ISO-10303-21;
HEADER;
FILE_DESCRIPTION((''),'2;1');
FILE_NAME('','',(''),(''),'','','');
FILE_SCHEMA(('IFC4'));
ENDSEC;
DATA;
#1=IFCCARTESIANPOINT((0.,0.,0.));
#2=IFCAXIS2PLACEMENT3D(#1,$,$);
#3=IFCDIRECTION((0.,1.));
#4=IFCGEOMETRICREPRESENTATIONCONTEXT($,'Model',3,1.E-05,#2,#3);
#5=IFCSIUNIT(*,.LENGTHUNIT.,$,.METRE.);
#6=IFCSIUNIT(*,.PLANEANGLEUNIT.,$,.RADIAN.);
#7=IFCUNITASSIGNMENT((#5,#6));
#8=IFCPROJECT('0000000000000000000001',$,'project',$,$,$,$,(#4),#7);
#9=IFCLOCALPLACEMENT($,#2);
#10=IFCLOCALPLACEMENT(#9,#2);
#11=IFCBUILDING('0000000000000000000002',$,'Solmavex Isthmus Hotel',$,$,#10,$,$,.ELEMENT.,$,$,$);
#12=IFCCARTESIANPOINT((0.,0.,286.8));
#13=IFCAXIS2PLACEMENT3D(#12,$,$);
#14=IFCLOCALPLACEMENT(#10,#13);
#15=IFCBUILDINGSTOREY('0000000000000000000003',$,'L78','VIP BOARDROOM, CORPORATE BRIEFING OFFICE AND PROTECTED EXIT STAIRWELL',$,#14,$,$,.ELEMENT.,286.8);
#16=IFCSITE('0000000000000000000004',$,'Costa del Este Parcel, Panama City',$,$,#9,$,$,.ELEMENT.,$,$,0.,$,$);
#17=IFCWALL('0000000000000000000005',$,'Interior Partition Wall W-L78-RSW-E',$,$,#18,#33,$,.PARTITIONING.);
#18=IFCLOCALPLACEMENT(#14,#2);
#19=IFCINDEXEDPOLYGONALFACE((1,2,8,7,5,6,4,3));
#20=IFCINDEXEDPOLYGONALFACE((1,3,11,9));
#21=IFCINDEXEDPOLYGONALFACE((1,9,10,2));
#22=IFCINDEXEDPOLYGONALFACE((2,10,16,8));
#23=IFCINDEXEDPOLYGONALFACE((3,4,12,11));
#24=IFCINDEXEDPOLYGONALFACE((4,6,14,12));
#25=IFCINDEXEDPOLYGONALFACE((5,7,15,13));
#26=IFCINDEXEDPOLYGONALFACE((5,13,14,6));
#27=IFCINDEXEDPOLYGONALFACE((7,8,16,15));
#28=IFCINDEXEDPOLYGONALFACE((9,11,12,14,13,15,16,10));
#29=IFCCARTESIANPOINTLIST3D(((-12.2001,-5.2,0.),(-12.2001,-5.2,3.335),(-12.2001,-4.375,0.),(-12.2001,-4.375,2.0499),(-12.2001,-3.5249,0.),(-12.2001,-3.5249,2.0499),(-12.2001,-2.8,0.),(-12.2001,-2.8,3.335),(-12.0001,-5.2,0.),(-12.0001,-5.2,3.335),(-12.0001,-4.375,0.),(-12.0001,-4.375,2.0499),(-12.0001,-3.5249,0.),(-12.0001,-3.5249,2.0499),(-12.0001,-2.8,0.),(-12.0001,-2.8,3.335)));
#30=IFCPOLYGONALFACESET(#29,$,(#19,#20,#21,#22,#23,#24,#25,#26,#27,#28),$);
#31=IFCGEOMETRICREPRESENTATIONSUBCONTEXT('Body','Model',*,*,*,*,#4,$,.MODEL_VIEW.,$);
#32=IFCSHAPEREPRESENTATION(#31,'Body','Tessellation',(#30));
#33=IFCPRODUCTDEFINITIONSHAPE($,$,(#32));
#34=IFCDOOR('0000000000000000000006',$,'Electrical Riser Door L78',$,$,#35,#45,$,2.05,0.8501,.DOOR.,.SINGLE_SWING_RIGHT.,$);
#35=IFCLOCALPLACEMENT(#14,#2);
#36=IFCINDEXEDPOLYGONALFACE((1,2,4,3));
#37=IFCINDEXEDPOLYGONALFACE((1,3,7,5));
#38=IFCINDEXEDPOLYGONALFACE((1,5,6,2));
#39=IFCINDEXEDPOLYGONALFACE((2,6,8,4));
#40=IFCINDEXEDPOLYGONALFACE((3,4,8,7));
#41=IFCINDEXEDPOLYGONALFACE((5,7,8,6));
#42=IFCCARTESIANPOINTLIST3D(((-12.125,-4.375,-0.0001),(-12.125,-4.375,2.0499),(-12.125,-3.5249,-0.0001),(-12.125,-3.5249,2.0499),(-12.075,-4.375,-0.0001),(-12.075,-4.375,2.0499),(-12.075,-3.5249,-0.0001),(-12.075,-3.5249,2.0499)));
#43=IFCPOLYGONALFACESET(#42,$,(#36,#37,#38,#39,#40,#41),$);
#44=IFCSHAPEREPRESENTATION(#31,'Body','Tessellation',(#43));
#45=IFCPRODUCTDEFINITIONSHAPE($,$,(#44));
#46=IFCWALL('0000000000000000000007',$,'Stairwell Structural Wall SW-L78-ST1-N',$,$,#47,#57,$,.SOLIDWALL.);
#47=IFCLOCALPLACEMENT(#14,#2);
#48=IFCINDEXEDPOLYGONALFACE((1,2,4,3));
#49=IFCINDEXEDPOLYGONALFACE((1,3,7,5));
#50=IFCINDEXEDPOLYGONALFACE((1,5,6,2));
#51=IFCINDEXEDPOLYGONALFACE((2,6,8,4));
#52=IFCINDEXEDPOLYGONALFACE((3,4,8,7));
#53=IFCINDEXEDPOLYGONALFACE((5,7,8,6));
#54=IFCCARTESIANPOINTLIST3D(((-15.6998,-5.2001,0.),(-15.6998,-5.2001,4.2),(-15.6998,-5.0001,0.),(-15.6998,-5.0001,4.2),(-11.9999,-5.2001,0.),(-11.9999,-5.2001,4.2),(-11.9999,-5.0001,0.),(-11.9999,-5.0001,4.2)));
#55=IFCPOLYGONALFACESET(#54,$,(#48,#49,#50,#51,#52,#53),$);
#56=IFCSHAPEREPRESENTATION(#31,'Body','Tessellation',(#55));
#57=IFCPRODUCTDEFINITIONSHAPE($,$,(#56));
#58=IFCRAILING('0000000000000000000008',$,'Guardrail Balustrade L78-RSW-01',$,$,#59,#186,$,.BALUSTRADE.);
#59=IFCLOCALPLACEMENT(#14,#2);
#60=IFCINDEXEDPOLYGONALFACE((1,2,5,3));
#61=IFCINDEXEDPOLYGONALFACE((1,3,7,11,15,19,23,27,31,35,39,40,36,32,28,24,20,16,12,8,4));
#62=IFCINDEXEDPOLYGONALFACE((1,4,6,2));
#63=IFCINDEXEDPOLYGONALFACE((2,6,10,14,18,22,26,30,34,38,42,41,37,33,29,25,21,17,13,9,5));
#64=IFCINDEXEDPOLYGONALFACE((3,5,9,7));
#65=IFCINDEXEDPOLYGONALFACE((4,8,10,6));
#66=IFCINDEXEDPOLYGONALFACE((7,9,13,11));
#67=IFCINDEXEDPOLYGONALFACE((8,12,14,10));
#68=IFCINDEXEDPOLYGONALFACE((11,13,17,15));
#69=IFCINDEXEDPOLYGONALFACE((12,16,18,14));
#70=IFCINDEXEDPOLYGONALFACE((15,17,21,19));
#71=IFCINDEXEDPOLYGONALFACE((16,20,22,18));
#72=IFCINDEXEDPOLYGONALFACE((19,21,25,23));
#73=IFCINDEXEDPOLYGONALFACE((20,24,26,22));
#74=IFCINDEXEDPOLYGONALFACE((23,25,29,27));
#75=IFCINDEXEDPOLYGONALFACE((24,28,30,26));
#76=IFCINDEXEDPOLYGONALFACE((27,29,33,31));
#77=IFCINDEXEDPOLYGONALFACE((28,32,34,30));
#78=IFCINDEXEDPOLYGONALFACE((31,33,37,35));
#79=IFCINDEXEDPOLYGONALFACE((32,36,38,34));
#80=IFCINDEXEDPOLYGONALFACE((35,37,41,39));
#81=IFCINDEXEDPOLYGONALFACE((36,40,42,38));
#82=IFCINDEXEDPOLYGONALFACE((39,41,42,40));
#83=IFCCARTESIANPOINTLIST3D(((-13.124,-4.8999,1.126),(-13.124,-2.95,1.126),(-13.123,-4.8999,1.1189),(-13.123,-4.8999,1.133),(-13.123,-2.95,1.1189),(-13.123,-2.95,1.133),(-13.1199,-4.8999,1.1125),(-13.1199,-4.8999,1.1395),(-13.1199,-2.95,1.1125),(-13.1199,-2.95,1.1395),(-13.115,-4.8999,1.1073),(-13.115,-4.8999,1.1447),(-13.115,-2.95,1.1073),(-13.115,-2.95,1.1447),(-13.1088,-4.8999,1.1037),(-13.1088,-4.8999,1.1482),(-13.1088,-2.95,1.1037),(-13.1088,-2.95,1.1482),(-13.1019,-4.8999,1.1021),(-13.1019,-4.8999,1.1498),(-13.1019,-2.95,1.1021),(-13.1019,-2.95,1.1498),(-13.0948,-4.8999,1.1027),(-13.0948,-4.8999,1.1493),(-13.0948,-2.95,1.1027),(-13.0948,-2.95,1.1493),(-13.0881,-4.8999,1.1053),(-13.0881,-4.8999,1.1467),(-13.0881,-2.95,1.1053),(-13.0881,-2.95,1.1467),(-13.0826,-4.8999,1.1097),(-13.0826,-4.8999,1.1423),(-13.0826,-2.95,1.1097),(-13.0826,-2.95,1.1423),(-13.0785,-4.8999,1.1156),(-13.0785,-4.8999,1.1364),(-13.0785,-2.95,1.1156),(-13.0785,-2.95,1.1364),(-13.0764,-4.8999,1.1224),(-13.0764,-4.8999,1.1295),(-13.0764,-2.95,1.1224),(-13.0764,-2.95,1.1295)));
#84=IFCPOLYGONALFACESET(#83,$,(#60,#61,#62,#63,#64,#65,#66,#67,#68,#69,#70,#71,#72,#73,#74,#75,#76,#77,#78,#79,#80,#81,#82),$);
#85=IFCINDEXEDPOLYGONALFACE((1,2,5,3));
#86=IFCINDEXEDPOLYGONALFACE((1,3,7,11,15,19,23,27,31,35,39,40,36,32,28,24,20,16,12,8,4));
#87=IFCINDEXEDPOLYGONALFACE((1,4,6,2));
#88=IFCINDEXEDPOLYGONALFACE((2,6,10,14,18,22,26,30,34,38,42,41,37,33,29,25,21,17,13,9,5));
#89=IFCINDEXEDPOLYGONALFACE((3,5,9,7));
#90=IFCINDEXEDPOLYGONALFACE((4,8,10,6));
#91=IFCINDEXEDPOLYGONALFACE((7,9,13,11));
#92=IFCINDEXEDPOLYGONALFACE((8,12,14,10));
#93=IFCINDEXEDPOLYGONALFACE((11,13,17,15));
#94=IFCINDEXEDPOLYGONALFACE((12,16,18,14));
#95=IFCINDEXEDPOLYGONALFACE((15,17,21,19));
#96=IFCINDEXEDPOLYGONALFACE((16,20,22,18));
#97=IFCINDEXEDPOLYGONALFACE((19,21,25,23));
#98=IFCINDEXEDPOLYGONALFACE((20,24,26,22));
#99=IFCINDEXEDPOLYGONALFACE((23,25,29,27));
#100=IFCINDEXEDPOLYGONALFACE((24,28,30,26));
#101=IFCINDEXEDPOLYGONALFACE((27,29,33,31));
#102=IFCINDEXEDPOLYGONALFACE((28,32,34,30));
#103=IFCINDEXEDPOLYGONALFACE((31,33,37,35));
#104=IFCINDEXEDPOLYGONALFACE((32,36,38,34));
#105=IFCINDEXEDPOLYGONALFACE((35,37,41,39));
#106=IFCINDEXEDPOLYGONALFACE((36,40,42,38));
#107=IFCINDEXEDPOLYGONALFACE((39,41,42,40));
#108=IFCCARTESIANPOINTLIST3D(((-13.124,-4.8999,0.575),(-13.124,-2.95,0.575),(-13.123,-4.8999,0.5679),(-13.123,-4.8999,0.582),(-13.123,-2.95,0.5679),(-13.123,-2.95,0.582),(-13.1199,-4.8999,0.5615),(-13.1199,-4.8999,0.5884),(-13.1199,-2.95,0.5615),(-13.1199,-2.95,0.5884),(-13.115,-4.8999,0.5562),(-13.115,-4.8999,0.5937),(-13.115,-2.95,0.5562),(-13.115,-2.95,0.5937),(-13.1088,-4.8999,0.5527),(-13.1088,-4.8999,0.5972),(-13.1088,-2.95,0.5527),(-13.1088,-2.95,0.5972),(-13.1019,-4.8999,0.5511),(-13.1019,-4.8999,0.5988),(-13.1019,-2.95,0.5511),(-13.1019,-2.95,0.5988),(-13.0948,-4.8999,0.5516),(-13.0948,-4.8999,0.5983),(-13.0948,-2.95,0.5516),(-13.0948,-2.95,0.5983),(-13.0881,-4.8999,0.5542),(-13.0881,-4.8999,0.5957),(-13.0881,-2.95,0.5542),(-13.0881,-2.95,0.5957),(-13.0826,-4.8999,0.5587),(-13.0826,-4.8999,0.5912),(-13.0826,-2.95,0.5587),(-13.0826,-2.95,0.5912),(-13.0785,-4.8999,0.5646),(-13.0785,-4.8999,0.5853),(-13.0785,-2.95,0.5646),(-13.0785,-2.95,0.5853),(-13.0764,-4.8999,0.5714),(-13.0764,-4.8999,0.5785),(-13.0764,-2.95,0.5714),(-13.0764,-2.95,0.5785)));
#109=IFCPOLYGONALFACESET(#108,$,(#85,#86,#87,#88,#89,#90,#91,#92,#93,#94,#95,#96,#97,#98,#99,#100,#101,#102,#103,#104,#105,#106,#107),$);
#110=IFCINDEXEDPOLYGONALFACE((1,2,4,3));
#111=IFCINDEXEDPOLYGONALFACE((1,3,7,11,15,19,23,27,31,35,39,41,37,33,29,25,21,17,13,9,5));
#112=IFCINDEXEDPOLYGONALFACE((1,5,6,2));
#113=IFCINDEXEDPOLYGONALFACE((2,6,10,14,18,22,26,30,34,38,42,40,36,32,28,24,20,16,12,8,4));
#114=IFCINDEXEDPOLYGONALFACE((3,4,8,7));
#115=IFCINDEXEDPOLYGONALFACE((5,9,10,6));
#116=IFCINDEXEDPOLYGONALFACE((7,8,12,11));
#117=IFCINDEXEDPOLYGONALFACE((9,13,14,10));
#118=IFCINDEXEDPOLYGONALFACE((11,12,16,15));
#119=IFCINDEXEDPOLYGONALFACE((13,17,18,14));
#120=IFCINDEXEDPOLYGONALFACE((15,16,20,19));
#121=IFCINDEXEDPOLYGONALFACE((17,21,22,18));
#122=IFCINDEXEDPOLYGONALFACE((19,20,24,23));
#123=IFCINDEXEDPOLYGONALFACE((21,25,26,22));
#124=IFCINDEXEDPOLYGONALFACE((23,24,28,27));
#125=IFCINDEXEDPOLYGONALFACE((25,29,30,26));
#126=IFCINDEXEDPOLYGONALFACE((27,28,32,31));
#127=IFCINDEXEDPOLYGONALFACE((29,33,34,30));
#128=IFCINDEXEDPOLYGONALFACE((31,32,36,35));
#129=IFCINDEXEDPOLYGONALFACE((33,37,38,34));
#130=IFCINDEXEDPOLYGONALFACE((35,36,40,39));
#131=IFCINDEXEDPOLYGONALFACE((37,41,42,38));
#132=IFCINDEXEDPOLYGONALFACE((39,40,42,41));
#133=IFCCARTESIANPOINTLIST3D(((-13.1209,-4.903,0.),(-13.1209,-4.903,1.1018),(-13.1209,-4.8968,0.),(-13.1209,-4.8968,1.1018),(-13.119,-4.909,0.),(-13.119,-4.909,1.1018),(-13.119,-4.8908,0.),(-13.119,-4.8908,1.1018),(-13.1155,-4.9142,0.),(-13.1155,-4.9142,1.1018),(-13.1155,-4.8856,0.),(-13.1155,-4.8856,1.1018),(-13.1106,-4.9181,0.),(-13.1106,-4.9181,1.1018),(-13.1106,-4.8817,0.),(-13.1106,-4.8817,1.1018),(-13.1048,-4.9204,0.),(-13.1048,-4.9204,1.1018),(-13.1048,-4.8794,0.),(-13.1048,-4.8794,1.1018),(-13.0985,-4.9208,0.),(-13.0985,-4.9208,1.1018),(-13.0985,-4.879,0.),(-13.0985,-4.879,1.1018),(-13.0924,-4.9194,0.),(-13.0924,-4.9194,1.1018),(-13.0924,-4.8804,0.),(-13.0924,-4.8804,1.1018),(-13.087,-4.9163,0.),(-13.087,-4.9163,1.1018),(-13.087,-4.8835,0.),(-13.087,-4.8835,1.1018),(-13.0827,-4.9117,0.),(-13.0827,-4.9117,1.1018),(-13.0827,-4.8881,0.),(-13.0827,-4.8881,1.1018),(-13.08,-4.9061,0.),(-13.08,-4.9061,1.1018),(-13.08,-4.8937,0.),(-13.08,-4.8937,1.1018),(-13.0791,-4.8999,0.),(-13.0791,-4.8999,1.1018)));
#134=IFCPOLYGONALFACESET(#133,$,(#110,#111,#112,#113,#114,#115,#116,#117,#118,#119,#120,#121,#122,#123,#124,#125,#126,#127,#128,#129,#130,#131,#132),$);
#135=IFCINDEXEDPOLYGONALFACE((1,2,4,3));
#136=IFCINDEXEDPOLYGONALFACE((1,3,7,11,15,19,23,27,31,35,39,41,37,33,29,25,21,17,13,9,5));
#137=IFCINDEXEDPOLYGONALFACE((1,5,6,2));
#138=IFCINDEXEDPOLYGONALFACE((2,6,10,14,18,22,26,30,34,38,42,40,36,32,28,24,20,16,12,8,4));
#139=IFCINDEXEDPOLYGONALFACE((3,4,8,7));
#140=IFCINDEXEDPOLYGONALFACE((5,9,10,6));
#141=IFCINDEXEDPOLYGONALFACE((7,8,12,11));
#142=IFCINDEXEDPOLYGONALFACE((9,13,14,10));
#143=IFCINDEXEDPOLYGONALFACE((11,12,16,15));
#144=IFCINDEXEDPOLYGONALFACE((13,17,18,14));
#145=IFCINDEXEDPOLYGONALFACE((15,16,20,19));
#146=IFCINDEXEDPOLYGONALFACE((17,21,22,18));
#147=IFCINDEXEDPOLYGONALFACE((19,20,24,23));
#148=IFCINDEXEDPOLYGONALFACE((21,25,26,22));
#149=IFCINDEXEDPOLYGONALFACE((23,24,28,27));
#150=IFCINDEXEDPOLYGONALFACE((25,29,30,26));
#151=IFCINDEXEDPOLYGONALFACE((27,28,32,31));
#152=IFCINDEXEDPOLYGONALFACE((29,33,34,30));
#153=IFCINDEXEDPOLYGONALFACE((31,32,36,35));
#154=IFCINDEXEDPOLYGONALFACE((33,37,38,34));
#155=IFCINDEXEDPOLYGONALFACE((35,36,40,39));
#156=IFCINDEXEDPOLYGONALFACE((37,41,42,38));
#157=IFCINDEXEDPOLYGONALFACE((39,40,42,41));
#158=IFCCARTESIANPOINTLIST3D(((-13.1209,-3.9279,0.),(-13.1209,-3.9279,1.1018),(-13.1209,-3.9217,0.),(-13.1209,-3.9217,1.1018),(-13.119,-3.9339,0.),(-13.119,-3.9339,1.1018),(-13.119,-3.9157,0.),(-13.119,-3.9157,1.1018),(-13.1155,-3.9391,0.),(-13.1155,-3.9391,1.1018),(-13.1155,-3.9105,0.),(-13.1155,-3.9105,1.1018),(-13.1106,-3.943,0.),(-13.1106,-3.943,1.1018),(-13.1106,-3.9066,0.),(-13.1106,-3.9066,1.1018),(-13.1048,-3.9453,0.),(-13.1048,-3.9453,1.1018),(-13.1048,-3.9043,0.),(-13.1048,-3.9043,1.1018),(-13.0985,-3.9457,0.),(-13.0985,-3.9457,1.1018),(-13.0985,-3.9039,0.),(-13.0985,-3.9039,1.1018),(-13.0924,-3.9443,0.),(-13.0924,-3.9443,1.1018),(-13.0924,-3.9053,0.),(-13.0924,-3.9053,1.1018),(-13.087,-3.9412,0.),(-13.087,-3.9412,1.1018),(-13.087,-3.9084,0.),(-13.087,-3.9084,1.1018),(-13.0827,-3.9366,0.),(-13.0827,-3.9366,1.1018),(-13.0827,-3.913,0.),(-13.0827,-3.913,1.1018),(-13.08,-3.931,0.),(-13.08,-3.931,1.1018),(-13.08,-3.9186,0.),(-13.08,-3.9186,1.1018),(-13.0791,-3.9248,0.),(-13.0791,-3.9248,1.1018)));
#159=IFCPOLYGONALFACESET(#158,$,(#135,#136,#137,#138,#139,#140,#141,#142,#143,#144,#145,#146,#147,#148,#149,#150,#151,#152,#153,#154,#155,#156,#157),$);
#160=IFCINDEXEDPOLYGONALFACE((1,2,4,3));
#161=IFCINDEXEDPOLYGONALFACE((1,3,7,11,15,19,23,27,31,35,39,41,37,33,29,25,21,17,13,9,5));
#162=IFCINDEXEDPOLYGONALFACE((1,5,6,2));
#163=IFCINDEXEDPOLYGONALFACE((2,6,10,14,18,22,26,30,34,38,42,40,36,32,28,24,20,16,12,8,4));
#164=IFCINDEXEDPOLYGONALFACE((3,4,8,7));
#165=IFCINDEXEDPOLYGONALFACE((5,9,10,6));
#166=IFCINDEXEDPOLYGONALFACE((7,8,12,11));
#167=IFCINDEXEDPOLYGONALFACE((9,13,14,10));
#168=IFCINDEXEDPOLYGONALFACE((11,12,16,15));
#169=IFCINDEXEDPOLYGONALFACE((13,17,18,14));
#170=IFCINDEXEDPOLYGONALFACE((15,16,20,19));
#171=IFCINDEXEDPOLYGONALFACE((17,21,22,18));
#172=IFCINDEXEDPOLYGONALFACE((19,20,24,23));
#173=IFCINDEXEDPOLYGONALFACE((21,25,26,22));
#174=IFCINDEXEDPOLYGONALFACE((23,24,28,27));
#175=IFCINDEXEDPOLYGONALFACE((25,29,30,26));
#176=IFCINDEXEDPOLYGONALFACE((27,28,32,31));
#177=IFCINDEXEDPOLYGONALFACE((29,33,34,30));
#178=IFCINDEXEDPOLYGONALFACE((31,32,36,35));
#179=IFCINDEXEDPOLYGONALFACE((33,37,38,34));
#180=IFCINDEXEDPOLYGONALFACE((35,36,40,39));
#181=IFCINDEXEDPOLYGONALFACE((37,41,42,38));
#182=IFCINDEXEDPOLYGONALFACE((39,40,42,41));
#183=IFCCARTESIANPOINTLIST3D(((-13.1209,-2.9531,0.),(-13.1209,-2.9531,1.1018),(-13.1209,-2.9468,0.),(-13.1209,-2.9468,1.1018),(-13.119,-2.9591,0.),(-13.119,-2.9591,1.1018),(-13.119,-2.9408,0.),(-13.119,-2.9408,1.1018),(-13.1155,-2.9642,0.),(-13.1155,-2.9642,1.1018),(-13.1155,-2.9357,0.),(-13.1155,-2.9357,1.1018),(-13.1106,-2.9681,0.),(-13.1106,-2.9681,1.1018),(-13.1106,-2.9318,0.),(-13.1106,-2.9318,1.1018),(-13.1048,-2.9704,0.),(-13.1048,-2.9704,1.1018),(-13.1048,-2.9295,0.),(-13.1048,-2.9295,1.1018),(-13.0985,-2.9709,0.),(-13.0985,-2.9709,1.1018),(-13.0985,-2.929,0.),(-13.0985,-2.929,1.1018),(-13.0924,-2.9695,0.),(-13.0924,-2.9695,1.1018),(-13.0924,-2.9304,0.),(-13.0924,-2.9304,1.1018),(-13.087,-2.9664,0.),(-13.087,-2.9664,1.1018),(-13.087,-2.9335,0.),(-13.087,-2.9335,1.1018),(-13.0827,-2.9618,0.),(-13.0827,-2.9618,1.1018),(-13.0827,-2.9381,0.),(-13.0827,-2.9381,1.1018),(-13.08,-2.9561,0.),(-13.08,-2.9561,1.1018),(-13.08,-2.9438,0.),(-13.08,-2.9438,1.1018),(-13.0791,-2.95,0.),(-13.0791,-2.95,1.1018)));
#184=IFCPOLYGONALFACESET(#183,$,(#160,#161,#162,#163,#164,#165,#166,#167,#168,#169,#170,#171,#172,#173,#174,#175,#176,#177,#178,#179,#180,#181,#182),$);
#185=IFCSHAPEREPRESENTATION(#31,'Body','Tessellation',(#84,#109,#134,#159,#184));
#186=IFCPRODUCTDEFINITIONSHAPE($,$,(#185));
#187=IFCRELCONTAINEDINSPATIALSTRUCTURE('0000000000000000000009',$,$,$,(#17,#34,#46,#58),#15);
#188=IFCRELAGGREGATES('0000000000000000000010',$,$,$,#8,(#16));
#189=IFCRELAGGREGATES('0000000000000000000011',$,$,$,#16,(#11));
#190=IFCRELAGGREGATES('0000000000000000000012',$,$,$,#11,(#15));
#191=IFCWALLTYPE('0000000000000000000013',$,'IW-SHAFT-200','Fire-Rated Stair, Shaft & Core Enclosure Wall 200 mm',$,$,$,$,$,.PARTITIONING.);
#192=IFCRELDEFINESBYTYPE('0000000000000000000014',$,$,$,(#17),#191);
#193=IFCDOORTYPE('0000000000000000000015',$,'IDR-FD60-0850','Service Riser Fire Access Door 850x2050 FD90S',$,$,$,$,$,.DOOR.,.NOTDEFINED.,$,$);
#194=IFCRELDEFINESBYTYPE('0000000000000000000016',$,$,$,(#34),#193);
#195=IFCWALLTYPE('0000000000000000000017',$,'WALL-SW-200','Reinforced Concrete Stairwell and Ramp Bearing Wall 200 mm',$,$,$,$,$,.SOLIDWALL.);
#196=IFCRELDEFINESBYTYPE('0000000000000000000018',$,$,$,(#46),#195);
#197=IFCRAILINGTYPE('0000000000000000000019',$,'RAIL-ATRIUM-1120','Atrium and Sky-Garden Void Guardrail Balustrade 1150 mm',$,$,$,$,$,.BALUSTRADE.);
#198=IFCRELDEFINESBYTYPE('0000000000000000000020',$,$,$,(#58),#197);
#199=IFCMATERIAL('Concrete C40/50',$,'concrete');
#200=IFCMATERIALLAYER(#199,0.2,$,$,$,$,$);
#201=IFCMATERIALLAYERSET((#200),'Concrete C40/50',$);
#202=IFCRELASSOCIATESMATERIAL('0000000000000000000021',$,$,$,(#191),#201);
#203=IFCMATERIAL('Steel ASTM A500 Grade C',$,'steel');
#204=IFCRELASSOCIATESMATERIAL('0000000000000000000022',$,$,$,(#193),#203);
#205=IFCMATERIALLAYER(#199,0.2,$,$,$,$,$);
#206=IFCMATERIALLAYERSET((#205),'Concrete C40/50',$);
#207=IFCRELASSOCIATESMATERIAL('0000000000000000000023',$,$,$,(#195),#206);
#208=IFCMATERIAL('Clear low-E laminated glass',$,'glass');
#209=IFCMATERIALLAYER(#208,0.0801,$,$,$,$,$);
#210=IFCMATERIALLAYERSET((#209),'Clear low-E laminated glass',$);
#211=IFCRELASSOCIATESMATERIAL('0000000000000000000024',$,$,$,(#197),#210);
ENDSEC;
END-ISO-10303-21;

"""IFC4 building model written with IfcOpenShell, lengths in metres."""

from ifc_helpers import new_model, si_unit, direction, frame, frame_2d, origin, origin_2d, place, context, subcontext, project, spatial, rectangle, circle, extrude, material, layer, layer_set, type_object, element, fill, save


model = new_model("IFC4")

# Units and contexts
model_context = context("Model", 3, precision=1e-05, world=origin(), true_north=direction((0.0, 1.0)))
body_context = subcontext(model_context, "Body", "Model", "MODEL_VIEW")
ifc_project = project(units=[si_unit("LENGTHUNIT", "METRE"), si_unit("PLANEANGLEUNIT", "RADIAN")], contexts=[model_context])

# Site, building, storey
site_placement = place(None, origin())
site = spatial("IfcSite", under=ifc_project, at=site_placement, Name="Costa del Este Parcel, Panama City", CompositionType="ELEMENT", RefElevation=0.0)
building_placement = place(site_placement, origin())
building = spatial("IfcBuilding", under=site, at=building_placement, Name="Solmavex Isthmus Hotel", CompositionType="ELEMENT")
storey_placement = place(building_placement, frame((0.0, 0.0, 286.8)))
storey = spatial("IfcBuildingStorey", under=building, at=storey_placement, Name="L78", Description="VIP BOARDROOM, CORPORATE BRIEFING OFFICE AND PROTECTED EXIT STAIRWELL", CompositionType="ELEMENT", Elevation=286.8)

# Wall, opening, door
ifc_material_1 = material(Name="Concrete C40/50", Category="concrete")
ifc_layer_1 = layer(ifc_material_1, 0.2)
ifc_layer_set_1 = layer_set([ifc_layer_1], Name="Concrete C40/50")
wall_type_1 = type_object("IfcWallType", Name="IW-SHAFT-200", Description="Fire-Rated Stair, Shaft & Core Enclosure Wall 200 mm", PredefinedType="PARTITIONING", material=ifc_layer_set_1)
wall_1_placement = place(storey_placement, frame((-12.1001, -5.2, 0.0), z_axis=(0.0, 0.0, 1.0), x_axis=(0.0, 1.0, 0.0)))
wall_1 = element("IfcWall", 1, at=wall_1_placement, inside=storey, type_object=wall_type_1, Name="Interior Partition Wall W-L78-RSW-E", PredefinedType="PARTITIONING", context=body_context, shape_type="SweptSolid", body=[
    extrude(rectangle(XDim=2.3999, YDim=0.2, at=frame_2d((1.2, 0.0))), origin(), (0.0, 0.0, 1.0), 3.335),
])
opening_1_placement = place(wall_1_placement, frame((0.825, 0.0, 0.0)))
opening_1 = element("IfcOpeningElement", 2, at=opening_1_placement, cuts=wall_1, PredefinedType="OPENING", context=body_context, shape_type="SweptSolid", body=[
    extrude(rectangle(XDim=0.8501, YDim=2.05, at=frame_2d((0.425, 1.0249))), frame((0.0, 0.1099, 0.0), z_axis=(0.0, -1.0, 0.0), x_axis=(1.0, 0.0, 0.0)), (0.0, 0.0, 1.0), 0.22),
])
ifc_material_2 = material(Name="Steel ASTM A500 Grade C", Category="steel")
door_type_1 = type_object("IfcDoorType", Name="IDR-FD60-0850", Description="Service Riser Fire Access Door 850x2050 FD90S", OperationType="NOTDEFINED", PredefinedType="DOOR", material=ifc_material_2)
door_1_placement = place(opening_1_placement, origin())
door_1 = element("IfcDoor", 3, at=door_1_placement, inside=storey, type_object=door_type_1, Name="Electrical Riser Door L78", OperationType="SINGLE_SWING_RIGHT", OverallHeight=2.05, OverallWidth=0.8501, PredefinedType="DOOR", context=body_context, shape_type="SweptSolid", body=[
    extrude(rectangle(XDim=0.8501, YDim=2.05, at=frame_2d((0.425, 1.0249))), frame((0.0, 0.0249, 0.0), z_axis=(0.0, -1.0, 0.0), x_axis=(1.0, 0.0, 0.0)), (0.0, 0.0, 1.0), 0.05),
])
fill(opening_1, door_1)

# Wall
ifc_layer_2 = layer(ifc_material_1, 0.2)
ifc_layer_set_2 = layer_set([ifc_layer_2], Name="Concrete C40/50")
wall_type_2 = type_object("IfcWallType", Name="WALL-SW-200", Description="Reinforced Concrete Stairwell and Ramp Bearing Wall 200 mm", PredefinedType="SOLIDWALL", material=ifc_layer_set_2)
wall_2_placement = place(storey_placement, frame((-15.7, -5.1001, 0.0), z_axis=(0.0, 0.0, 1.0), x_axis=(1.0, 0.0, 0.0)))
element("IfcWall", 4, at=wall_2_placement, inside=storey, type_object=wall_type_2, Name="Stairwell Structural Wall SW-L78-ST1-N", PredefinedType="SOLIDWALL", context=body_context, shape_type="SweptSolid", body=[
    extrude(rectangle(XDim=3.7, YDim=0.2, at=frame_2d((1.8501, 0.0))), origin(), (0.0, 0.0, 1.0), 4.2),
])

# Railing
ifc_material_3 = material(Name="Clear low-E laminated glass", Category="glass")
ifc_layer_3 = layer(ifc_material_3, 0.0801)
ifc_layer_set_3 = layer_set([ifc_layer_3], Name="Clear low-E laminated glass")
railing_type = type_object("IfcRailingType", Name="RAIL-ATRIUM-1120", Description="Atrium and Sky-Garden Void Guardrail Balustrade 1150 mm", PredefinedType="BALUSTRADE", material=ifc_layer_set_3)
railing_placement = place(storey_placement, frame((-13.1001, -4.8999, 0.0)))
element("IfcRailing", 5, at=railing_placement, inside=storey, type_object=railing_type, Name="Guardrail Balustrade L78-RSW-01", PredefinedType="BALUSTRADE", context=body_context, shape_type="SweptSolid", body=[
    extrude(circle(Radius=0.0239, at=origin_2d()), frame((0.0, 0.0, 1.126), z_axis=(0.0, 1.0, 0.0), x_axis=(-1.0, 0.0, 0.0)), (0.0, 0.0, 1.0), 1.95),
    extrude(circle(Radius=0.0239, at=origin_2d()), frame((0.0, 0.0, 0.575), z_axis=(0.0, 1.0, 0.0), x_axis=(-1.0, 0.0, 0.0)), (0.0, 0.0, 1.0), 1.95),
    extrude(circle(Radius=0.021, at=origin_2d()), origin(), (0.0, 0.0, 1.0), 1.1018),
    extrude(circle(Radius=0.021, at=origin_2d()), frame((0.0, 0.9751, 0.0)), (0.0, 0.0, 1.0), 1.1018),
    extrude(circle(Radius=0.021, at=origin_2d()), frame((0.0, 1.95, 0.0)), (0.0, 0.0, 1.0), 1.1018),
])

save(model, "model.ifc")
